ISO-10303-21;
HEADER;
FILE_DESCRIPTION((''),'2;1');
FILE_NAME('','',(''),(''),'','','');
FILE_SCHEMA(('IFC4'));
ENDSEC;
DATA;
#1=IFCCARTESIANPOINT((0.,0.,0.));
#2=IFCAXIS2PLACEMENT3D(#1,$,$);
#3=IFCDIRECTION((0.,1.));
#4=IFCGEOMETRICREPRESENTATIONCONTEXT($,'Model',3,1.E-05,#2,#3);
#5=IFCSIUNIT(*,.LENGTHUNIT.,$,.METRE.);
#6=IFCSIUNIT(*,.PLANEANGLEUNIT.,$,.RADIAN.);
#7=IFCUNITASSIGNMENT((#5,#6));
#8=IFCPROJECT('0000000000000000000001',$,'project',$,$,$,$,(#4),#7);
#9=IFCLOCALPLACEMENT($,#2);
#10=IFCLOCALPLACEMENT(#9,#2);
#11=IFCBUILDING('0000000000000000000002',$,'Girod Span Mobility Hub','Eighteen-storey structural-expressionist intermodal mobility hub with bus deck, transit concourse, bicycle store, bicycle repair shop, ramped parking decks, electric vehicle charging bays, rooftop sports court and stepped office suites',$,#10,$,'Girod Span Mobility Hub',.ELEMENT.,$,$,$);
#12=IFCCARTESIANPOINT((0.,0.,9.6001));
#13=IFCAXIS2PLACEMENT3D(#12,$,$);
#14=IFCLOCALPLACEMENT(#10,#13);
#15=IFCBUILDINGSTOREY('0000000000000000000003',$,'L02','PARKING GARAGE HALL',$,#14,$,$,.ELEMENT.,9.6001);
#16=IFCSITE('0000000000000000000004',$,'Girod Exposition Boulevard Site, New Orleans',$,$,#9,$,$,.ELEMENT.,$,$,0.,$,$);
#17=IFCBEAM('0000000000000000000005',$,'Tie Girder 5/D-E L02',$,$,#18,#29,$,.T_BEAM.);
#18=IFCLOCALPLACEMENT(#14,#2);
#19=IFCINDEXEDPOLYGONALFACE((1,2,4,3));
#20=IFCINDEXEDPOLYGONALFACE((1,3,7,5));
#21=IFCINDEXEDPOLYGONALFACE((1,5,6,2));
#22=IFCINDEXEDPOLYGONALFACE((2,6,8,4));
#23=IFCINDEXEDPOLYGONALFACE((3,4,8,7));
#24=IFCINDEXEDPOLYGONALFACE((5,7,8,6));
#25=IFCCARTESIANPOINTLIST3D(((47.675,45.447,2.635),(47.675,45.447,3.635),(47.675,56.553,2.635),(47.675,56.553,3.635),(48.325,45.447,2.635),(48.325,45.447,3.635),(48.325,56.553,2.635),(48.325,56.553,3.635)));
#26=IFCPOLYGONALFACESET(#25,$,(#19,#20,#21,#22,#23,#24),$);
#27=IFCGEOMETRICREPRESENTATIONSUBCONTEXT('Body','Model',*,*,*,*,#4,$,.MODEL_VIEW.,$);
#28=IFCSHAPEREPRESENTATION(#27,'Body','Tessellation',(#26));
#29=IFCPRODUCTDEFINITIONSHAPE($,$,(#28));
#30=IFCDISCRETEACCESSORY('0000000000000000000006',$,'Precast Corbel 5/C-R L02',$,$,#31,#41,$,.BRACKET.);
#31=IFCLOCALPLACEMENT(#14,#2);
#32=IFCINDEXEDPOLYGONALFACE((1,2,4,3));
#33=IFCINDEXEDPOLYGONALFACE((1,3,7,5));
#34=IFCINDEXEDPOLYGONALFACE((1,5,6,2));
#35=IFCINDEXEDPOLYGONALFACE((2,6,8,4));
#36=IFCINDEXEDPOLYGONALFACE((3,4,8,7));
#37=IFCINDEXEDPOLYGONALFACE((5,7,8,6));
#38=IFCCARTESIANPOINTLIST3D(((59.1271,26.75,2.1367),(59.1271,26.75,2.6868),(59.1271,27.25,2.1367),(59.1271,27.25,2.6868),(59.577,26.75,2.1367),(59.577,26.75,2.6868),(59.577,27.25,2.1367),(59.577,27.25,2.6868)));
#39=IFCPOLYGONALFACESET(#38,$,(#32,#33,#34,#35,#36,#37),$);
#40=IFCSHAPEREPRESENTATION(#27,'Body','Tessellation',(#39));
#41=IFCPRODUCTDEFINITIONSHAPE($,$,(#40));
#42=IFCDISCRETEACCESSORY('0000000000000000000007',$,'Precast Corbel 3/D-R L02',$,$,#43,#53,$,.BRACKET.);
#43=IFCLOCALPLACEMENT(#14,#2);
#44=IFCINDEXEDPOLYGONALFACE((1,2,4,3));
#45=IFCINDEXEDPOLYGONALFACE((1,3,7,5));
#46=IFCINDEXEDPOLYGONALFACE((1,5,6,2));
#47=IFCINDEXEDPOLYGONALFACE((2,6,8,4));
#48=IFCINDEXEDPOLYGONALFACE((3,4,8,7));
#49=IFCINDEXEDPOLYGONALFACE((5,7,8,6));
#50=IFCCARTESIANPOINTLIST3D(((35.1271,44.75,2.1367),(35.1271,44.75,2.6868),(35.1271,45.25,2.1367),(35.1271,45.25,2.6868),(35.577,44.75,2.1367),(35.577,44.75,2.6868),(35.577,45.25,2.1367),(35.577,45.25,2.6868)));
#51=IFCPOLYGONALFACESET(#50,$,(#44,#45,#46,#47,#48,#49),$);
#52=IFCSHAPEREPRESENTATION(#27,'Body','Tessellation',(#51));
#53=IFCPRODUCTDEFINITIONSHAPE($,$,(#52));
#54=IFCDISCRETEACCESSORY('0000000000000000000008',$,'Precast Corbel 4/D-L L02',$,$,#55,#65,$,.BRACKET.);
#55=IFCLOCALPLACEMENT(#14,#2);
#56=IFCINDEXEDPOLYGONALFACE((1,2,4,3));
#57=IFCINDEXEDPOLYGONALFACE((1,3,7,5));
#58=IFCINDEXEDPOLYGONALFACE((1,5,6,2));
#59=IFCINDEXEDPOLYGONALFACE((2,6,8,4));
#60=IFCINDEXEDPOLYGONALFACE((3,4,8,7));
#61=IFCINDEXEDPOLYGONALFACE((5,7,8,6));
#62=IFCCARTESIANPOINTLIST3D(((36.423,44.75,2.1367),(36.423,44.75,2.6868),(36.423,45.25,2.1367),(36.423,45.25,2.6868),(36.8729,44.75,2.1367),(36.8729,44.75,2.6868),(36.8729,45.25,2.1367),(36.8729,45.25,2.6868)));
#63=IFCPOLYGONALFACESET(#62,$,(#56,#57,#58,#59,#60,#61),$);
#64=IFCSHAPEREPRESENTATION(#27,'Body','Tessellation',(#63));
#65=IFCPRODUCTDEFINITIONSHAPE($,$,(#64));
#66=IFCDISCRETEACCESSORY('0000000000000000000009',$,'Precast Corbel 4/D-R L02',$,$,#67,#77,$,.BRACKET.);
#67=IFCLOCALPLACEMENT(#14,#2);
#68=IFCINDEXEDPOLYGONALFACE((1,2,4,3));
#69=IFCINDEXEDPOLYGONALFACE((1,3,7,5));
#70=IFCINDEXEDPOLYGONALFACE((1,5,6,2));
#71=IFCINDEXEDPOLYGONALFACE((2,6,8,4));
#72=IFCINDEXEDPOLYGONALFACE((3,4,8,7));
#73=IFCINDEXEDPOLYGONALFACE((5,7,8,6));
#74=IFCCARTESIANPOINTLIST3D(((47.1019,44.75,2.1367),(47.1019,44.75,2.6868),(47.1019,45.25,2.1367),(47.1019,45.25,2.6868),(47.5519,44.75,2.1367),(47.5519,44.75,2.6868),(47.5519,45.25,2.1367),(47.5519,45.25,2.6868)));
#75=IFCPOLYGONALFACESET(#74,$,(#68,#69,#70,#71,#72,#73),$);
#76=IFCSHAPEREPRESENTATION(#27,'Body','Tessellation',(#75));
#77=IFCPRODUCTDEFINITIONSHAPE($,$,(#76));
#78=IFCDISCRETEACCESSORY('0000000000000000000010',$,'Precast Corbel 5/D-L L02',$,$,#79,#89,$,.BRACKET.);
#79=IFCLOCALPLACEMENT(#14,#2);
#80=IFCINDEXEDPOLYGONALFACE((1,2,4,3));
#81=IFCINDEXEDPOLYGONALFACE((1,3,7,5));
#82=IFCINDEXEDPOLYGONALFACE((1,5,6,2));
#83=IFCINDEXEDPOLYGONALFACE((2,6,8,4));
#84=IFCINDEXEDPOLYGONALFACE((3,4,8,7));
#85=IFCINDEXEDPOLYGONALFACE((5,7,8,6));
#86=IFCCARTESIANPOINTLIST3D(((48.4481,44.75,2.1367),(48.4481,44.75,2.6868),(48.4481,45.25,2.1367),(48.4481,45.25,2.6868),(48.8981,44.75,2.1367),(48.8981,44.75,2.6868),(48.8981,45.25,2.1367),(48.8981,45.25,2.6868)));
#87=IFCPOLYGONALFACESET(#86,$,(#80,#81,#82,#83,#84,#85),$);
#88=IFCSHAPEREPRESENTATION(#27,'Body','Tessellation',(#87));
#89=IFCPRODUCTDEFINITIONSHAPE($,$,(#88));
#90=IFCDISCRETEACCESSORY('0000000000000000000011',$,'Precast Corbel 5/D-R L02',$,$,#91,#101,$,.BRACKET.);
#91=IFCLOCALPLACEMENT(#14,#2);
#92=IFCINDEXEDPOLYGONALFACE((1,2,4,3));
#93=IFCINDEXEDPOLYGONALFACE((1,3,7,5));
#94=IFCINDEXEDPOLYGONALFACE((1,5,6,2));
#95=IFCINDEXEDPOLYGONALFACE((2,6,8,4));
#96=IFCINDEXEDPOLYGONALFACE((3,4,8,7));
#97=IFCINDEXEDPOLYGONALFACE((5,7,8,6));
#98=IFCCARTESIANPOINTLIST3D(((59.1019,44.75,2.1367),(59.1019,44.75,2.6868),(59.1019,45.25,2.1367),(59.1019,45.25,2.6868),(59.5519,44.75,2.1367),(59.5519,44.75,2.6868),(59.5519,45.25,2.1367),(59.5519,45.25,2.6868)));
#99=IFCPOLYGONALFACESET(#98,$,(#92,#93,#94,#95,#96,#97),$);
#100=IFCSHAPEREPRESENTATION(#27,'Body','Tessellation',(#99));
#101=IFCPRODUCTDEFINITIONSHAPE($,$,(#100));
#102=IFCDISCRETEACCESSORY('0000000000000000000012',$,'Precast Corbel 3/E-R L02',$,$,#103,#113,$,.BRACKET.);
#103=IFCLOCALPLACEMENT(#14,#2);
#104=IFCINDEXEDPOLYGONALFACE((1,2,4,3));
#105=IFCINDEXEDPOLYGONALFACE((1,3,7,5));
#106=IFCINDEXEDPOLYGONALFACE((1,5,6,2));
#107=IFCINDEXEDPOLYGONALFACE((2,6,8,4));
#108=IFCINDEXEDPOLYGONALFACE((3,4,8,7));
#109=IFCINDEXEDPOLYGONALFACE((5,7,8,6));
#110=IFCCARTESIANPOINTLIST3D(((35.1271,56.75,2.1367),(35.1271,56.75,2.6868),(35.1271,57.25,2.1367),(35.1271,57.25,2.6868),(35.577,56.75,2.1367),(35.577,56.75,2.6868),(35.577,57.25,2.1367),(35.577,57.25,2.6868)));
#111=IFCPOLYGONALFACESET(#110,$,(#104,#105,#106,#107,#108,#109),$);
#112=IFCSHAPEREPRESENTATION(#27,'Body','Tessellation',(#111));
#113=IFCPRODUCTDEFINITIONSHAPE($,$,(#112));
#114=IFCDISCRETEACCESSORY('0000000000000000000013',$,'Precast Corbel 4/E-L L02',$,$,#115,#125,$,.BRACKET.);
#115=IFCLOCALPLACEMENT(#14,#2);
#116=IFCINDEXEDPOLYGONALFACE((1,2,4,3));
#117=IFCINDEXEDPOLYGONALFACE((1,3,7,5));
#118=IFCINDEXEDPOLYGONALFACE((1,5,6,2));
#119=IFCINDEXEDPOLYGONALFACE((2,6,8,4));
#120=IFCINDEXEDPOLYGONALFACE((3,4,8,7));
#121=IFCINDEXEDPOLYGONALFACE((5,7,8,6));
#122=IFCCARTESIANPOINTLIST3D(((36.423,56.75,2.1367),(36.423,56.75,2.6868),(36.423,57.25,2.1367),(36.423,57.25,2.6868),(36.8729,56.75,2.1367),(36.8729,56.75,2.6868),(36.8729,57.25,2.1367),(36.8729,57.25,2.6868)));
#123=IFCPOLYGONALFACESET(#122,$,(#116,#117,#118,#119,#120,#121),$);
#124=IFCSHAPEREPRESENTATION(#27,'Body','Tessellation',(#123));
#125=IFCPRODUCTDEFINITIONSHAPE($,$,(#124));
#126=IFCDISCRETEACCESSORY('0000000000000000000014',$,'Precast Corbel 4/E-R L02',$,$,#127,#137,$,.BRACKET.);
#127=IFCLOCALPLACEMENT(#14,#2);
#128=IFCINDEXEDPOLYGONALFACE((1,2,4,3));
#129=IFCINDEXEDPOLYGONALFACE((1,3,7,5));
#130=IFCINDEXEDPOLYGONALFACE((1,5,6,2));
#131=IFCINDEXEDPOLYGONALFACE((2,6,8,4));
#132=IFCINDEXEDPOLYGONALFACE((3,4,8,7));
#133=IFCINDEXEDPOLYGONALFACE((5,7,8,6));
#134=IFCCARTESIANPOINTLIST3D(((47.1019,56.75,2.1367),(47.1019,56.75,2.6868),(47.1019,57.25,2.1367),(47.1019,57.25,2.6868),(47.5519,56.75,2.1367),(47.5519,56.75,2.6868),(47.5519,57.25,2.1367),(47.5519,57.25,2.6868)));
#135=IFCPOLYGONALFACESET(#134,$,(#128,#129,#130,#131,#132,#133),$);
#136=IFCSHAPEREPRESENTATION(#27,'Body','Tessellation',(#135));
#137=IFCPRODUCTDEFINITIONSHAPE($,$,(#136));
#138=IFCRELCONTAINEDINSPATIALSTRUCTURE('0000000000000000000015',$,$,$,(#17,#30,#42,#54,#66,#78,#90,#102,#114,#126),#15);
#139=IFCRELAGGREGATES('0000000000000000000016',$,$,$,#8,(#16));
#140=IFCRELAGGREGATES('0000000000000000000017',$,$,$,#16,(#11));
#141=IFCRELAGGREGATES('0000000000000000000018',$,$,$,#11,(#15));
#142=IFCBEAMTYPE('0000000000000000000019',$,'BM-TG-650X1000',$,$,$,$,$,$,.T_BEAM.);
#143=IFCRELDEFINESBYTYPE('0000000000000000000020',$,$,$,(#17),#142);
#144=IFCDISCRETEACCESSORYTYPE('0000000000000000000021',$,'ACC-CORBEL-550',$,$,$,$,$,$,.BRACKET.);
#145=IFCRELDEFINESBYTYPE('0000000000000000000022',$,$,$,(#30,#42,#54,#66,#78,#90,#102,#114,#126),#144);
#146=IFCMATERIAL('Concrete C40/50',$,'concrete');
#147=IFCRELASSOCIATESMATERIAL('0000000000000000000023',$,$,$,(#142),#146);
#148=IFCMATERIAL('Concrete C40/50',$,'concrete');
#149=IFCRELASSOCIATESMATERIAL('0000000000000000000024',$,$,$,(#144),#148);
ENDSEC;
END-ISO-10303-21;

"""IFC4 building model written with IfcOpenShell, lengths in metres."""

from ifc_helpers import new_model, si_unit, direction, frame, origin, origin_2d, place, context, subcontext, project, spatial, rectangle, extrude, material, material_profile, profile_set, type_object, element, save


model = new_model("IFC4")

# Units and contexts
model_context = context("Model", 3, precision=1e-05, world=origin(), true_north=direction((0.0, 1.0)))
body_context = subcontext(model_context, "Body", "Model", "MODEL_VIEW")
ifc_project = project(units=[si_unit("LENGTHUNIT", "METRE"), si_unit("PLANEANGLEUNIT", "RADIAN")], contexts=[model_context])

# Site, building, storey
site_placement = place(None, origin())
site = spatial("IfcSite", under=ifc_project, at=site_placement, Name="Girod Exposition Boulevard Site, New Orleans", CompositionType="ELEMENT", RefElevation=0.0)
building_placement = place(site_placement, origin())
building = spatial("IfcBuilding", under=site, at=building_placement, Name="Girod Span Mobility Hub", Description="Eighteen-storey structural-expressionist intermodal mobility hub with bus deck, transit concourse, bicycle store, bicycle repair shop, ramped parking decks, electric vehicle charging bays, rooftop sports court and stepped office suites", LongName="Girod Span Mobility Hub", CompositionType="ELEMENT")
storey_placement = place(building_placement, frame((0.0, 0.0, 9.6001)))
storey = spatial("IfcBuildingStorey", under=building, at=storey_placement, Name="L02", Description="PARKING GARAGE HALL", CompositionType="ELEMENT", Elevation=9.6001)

# Beam
ifc_material_1 = material(Name="Concrete C40/50", Category="concrete")
ifc_material_profile_1 = material_profile(ifc_material_1, rectangle(XDim=0.6499, YDim=1.0, at=origin_2d()), Name="TG-650X1000")
ifc_profile_set_1 = profile_set([ifc_material_profile_1], Name="Concrete C40/50")
beam_type_1 = type_object("IfcBeamType", Name="BM-TG-650X1000", PredefinedType="T_BEAM", material=ifc_profile_set_1)
beam_1_placement = place(storey_placement, frame((48.0, 45.447, 3.135), z_axis=(0.0, 1.0, 0.0), x_axis=(-1.0, 0.0, 0.0)))
element("IfcBeam", 1, at=beam_1_placement, inside=storey, type_object=beam_type_1, Name="Tie Girder 5/D-E L02", PredefinedType="T_BEAM", context=body_context, shape_type="SweptSolid", body=[
    extrude(rectangle(XDim=0.6499, YDim=1.0, at=origin_2d()), origin(), (0.0, 0.0, 1.0), 11.106),
])

# Discrete accessories
ifc_material_2 = material(Name="Concrete C40/50", Category="concrete")
discrete_accessory_type = type_object("IfcDiscreteAccessoryType", Name="ACC-CORBEL-550", PredefinedType="BRACKET", material=ifc_material_2)
for number, where, z_axis, x_axis, name in (
    (2, (59.3521, 27.0, 2.1367), (0.0, 0.0, 1.0), (1.0, 0.0, 0.0), "Precast Corbel 5/C-R L02"),
    (3, (35.3521, 45.0, 2.1367), (0.0, 0.0, 1.0), (1.0, 0.0, 0.0), "Precast Corbel 3/D-R L02"),
    (4, (36.6479, 45.0, 2.1367), (0.0, 0.0, 1.0), (1.0, 0.0, 0.0), "Precast Corbel 4/D-L L02"),
    (5, (47.3269, 45.0, 2.1367), (0.0, 0.0, 1.0), (1.0, 0.0, 0.0), "Precast Corbel 4/D-R L02"),
    (6, (48.6731, 45.0, 2.1367), (0.0, 0.0, 1.0), (1.0, 0.0, 0.0), "Precast Corbel 5/D-L L02"),
    (7, (59.3269, 45.0, 2.1367), (0.0, 0.0, 1.0), (1.0, 0.0, 0.0), "Precast Corbel 5/D-R L02"),
    (8, (35.3521, 57.0, 2.1367), (0.0, 0.0, 1.0), (1.0, 0.0, 0.0), "Precast Corbel 3/E-R L02"),
    (9, (36.6479, 57.0, 2.1367), (0.0, 0.0, 1.0), (1.0, 0.0, 0.0), "Precast Corbel 4/E-L L02"),
    (10, (47.3269, 57.0, 2.1367), (0.0, 0.0, 1.0), (1.0, 0.0, 0.0), "Precast Corbel 4/E-R L02"),
):
    element("IfcDiscreteAccessory", number, at=place(storey_placement, frame(where, z_axis=z_axis, x_axis=x_axis)), inside=storey, type_object=discrete_accessory_type, Name=name, PredefinedType="BRACKET", context=body_context, shape_type="SweptSolid", body=[
        extrude(rectangle(XDim=0.45, YDim=0.5, at=origin_2d()), origin(), (0.0, 0.0, 1.0), 0.55),
    ])

save(model, "model.ifc")
